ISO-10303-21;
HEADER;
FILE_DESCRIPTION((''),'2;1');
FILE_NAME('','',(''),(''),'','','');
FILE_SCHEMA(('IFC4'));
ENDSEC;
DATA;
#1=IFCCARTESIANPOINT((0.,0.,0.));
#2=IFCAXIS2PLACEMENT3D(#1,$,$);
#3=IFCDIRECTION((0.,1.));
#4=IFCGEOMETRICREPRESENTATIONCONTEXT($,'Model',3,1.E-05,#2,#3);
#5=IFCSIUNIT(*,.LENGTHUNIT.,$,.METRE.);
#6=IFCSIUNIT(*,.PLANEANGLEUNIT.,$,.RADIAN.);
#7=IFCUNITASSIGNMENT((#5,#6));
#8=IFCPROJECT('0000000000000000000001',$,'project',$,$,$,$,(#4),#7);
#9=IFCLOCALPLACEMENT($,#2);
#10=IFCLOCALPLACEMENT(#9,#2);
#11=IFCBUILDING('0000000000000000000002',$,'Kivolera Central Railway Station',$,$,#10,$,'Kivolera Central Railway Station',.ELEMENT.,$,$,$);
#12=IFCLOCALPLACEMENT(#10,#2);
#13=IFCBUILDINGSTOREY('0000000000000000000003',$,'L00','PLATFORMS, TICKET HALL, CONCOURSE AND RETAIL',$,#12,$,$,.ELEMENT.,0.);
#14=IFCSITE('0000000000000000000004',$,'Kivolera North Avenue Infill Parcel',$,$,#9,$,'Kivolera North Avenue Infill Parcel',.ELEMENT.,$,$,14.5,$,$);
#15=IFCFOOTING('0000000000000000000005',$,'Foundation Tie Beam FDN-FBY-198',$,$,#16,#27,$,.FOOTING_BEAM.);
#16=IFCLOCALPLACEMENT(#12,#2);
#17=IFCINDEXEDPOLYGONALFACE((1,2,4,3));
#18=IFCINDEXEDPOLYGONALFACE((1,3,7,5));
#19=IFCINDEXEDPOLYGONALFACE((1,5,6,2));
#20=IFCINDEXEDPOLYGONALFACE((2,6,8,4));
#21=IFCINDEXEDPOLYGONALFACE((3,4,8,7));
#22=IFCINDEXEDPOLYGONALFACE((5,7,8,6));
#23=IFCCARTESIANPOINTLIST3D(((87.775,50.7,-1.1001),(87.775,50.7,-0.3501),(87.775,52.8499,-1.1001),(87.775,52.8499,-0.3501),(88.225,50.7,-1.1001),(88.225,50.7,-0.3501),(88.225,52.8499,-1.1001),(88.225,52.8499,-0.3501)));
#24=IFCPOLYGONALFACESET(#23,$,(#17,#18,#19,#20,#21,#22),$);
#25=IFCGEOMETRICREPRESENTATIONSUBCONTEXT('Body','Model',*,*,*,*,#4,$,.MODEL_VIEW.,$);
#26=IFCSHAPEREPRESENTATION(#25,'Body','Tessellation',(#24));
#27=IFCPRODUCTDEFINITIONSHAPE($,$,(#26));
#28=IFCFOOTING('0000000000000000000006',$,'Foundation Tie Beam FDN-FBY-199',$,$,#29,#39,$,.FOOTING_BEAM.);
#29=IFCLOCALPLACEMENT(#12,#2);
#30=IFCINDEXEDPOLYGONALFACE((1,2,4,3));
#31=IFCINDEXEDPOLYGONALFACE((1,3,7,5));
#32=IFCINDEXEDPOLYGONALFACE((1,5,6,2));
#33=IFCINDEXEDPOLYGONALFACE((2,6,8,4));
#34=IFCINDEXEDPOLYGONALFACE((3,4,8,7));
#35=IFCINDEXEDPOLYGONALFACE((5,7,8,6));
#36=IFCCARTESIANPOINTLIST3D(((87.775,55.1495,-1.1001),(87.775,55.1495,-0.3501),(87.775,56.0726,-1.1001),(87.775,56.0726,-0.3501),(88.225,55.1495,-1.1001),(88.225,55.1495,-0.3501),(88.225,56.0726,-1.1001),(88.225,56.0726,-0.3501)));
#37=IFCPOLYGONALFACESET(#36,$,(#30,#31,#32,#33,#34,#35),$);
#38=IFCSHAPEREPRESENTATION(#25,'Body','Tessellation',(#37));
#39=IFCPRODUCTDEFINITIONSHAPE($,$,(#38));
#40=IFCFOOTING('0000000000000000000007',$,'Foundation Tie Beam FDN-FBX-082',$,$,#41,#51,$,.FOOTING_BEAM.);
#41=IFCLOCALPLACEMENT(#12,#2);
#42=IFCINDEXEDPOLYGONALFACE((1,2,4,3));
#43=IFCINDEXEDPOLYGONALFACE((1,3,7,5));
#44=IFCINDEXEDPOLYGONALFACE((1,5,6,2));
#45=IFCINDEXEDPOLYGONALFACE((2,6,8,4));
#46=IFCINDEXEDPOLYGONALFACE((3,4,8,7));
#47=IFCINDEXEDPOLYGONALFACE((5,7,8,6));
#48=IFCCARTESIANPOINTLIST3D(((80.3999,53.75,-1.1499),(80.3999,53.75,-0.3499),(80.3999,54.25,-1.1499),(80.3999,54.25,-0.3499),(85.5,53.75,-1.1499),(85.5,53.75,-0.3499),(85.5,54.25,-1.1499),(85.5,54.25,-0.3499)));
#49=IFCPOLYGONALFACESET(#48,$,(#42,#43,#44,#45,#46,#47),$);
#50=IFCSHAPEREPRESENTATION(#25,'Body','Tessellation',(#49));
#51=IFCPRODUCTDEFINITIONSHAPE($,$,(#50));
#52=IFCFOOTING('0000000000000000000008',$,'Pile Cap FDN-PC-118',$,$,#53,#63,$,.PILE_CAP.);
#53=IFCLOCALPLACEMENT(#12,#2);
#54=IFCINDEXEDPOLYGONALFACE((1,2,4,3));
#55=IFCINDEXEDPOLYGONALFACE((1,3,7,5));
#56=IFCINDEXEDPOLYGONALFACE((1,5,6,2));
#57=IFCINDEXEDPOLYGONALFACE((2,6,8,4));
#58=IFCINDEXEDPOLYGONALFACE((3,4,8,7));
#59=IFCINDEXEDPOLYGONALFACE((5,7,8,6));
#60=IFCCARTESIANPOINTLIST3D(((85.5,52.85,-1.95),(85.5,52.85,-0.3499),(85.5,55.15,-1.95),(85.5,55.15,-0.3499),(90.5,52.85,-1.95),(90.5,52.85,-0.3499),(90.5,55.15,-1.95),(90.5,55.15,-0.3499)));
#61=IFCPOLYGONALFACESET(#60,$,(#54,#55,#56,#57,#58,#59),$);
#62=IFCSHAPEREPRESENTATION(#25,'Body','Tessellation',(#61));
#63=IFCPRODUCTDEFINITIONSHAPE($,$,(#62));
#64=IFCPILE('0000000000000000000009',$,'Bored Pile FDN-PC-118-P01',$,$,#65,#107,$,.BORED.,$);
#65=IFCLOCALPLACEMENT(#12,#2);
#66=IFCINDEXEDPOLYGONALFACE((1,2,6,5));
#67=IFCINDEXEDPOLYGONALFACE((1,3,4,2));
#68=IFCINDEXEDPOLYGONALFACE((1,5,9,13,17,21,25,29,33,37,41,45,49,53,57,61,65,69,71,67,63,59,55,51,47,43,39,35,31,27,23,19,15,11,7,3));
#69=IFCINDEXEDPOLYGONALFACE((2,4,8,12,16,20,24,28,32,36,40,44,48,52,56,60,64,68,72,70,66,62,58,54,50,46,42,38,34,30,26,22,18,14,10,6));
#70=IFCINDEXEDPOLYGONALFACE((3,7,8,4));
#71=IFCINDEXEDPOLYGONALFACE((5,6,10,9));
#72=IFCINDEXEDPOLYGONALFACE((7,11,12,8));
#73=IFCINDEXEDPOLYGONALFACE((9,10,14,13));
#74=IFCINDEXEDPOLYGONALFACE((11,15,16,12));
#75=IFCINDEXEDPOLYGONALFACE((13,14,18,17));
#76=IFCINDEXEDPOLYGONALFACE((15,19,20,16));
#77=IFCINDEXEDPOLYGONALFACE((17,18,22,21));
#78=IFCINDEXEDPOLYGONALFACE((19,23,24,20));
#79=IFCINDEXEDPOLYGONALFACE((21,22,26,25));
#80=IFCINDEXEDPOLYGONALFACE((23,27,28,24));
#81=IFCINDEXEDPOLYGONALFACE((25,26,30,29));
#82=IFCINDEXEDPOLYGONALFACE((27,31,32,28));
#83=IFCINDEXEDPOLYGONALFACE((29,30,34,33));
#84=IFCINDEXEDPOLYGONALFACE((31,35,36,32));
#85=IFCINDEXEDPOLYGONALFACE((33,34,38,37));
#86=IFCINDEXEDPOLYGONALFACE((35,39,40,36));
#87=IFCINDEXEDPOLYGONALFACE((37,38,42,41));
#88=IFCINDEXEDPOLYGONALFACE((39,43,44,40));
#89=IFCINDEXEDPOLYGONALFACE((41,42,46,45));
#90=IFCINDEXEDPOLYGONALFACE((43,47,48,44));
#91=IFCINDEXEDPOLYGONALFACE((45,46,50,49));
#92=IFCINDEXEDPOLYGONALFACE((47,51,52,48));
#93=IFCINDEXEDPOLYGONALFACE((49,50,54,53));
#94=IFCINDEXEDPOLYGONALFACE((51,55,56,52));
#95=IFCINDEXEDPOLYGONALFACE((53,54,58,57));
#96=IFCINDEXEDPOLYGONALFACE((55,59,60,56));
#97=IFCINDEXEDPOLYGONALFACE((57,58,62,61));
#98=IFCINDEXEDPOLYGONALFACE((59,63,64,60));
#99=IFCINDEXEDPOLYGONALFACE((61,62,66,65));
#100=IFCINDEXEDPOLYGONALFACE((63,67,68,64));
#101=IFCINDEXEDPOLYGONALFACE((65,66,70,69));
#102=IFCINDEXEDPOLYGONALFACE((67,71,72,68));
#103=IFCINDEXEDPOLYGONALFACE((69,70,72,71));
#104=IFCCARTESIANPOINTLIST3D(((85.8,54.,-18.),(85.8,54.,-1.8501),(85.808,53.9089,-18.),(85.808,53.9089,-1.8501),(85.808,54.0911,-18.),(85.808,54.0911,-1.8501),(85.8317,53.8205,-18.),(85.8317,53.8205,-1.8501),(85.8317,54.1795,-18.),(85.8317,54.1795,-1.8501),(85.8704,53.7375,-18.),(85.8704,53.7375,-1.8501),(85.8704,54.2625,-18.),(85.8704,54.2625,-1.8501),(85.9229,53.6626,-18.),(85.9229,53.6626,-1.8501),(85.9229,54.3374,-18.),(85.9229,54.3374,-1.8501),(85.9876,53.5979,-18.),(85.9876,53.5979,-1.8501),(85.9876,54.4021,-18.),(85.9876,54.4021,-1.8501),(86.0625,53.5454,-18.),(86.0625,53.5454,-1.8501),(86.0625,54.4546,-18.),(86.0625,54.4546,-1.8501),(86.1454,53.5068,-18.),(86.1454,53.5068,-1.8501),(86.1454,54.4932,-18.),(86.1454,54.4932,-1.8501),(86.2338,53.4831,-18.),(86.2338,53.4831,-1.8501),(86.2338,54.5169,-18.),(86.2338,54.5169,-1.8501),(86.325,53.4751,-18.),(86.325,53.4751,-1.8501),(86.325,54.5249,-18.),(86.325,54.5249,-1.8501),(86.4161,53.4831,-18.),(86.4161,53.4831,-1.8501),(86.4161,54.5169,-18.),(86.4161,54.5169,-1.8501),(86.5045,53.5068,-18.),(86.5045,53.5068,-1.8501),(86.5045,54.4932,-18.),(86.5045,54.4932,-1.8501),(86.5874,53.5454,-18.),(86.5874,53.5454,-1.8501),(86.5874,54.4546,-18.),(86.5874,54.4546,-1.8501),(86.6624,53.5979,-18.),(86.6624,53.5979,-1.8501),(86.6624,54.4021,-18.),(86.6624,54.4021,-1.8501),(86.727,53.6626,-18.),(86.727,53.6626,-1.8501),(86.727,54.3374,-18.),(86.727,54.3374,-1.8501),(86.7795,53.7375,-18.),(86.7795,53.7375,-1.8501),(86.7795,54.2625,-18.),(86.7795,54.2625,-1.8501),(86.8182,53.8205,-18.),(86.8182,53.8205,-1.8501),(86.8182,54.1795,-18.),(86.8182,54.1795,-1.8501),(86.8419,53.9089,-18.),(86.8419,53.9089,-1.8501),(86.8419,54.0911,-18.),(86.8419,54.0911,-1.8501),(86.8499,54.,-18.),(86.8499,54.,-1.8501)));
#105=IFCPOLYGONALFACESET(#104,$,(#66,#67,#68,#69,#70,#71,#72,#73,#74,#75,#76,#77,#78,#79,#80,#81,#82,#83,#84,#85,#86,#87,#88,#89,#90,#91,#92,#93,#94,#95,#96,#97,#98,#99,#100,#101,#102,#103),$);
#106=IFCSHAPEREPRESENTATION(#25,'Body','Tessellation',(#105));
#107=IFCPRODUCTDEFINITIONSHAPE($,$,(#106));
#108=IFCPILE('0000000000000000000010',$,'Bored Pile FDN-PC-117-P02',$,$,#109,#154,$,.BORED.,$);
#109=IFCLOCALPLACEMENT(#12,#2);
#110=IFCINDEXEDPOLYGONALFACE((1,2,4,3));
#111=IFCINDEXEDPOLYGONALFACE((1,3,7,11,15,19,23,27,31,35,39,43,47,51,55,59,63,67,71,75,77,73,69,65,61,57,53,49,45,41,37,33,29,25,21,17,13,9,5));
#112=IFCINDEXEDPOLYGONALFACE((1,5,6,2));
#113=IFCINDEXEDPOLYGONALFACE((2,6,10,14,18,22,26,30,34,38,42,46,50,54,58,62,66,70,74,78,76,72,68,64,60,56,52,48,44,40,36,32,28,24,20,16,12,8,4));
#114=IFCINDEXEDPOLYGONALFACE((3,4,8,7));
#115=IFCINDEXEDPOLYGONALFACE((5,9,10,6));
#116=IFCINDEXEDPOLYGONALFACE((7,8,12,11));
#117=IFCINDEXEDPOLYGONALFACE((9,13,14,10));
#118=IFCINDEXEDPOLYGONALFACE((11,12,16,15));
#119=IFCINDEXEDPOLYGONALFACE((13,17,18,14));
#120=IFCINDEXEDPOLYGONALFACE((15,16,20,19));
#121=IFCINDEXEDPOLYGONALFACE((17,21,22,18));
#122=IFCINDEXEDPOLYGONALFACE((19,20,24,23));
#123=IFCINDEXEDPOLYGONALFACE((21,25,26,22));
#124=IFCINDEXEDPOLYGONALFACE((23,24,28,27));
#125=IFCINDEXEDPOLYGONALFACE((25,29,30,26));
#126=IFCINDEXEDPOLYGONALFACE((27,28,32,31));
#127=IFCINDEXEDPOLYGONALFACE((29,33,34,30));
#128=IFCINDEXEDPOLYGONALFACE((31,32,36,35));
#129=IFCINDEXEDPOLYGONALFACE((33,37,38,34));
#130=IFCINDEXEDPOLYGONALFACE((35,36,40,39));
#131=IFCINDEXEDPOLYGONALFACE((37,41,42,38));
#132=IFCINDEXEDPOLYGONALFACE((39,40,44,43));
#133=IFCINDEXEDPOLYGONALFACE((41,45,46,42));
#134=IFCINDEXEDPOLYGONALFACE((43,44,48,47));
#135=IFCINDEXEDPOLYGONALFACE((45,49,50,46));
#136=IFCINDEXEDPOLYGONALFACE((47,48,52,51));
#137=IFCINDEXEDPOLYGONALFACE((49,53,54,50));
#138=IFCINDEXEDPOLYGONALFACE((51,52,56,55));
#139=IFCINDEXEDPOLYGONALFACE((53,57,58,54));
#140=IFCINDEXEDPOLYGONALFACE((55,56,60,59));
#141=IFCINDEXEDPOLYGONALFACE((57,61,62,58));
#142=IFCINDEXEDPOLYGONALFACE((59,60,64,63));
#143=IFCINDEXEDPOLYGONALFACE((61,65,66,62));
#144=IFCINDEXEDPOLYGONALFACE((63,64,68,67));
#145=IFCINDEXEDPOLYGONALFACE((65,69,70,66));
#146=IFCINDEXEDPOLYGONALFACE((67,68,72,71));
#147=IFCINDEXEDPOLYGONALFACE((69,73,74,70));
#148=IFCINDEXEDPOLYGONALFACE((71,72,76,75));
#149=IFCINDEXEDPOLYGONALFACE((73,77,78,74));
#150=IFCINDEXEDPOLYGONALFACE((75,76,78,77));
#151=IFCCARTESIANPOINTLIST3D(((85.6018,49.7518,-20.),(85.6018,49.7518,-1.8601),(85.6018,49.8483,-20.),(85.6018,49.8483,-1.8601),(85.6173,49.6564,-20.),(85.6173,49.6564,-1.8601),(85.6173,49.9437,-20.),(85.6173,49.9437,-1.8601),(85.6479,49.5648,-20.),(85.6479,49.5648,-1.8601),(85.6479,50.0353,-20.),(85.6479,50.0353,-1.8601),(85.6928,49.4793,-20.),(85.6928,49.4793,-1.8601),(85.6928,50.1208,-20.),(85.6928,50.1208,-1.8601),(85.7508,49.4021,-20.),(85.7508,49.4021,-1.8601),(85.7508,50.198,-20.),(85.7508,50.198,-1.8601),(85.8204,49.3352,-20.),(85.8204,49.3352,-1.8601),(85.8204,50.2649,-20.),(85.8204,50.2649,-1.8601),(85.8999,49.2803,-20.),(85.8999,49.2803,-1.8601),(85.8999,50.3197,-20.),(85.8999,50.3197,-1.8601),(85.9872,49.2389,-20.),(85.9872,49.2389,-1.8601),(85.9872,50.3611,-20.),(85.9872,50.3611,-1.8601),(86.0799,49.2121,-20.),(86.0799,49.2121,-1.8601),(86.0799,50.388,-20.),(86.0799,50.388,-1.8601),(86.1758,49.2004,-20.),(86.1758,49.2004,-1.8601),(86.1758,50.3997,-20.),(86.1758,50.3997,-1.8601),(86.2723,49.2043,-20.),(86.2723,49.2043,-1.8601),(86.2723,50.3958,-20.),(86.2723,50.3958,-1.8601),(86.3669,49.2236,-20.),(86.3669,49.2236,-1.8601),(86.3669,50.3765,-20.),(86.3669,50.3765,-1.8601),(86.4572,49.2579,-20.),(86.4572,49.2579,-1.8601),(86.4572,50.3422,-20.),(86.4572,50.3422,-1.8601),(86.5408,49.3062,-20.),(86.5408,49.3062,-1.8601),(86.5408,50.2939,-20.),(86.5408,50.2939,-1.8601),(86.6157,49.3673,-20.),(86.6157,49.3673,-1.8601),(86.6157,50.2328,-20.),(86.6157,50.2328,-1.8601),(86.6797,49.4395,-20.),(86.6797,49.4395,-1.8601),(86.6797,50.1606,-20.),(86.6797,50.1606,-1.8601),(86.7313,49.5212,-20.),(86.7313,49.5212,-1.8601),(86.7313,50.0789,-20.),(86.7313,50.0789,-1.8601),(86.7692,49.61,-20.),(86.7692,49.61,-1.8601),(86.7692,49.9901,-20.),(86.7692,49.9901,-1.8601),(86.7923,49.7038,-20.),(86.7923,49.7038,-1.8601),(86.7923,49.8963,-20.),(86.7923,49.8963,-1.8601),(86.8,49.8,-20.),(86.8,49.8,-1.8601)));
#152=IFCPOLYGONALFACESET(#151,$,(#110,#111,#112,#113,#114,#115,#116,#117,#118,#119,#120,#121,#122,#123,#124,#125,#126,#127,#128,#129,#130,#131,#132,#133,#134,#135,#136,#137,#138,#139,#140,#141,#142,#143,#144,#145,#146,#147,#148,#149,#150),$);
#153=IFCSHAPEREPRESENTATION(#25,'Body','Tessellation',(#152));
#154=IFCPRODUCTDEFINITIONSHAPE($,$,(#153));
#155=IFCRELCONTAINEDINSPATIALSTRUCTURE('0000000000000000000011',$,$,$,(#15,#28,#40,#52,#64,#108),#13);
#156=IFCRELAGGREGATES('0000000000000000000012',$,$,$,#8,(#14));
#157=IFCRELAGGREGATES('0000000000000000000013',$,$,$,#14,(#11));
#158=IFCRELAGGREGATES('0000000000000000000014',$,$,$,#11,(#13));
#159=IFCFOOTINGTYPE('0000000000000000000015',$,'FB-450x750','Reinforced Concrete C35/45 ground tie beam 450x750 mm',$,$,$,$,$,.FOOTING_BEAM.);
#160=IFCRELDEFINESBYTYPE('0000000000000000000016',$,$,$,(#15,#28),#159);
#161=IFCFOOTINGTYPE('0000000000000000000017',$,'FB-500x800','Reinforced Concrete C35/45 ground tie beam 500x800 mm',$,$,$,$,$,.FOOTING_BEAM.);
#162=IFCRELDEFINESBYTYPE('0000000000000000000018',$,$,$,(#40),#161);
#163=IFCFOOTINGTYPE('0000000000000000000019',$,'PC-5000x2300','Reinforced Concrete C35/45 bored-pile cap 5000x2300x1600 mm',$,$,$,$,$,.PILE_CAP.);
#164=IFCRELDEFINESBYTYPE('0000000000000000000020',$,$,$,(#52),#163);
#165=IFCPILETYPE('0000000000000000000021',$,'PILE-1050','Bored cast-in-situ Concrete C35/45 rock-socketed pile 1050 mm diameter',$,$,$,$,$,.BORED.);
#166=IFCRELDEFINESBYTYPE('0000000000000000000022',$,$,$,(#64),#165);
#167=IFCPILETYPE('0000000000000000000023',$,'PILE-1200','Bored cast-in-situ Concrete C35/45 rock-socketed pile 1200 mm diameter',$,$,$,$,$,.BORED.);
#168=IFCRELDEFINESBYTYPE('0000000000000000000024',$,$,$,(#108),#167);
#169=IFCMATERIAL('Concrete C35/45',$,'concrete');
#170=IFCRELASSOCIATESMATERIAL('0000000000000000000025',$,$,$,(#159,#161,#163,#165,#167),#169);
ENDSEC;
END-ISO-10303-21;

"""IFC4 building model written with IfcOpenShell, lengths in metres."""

from ifc_helpers import new_model, si_unit, direction, frame, origin, origin_2d, place, context, subcontext, project, spatial, rectangle, circle, extrude, material, material_profile, profile_set, type_object, element, save


model = new_model("IFC4")

# Units and contexts
model_context = context("Model", 3, precision=1e-05, world=origin(), true_north=direction((0.0, 1.0)))
body_context = subcontext(model_context, "Body", "Model", "MODEL_VIEW")
ifc_project = project(units=[si_unit("LENGTHUNIT", "METRE"), si_unit("PLANEANGLEUNIT", "RADIAN")], contexts=[model_context])

# Site, building, storey
site_placement = place(None, origin())
site = spatial("IfcSite", under=ifc_project, at=site_placement, Name="Kivolera North Avenue Infill Parcel", LongName="Kivolera North Avenue Infill Parcel", CompositionType="ELEMENT", RefElevation=14.5)
building_placement = place(site_placement, origin())
building = spatial("IfcBuilding", under=site, at=building_placement, Name="Kivolera Central Railway Station", LongName="Kivolera Central Railway Station", CompositionType="ELEMENT")
storey_placement = place(building_placement, origin())
storey = spatial("IfcBuildingStorey", under=building, at=storey_placement, Name="L00", Description="PLATFORMS, TICKET HALL, CONCOURSE AND RETAIL", CompositionType="ELEMENT", Elevation=0.0)

# Footings
ifc_material_1 = material(Name="Concrete C35/45", Category="concrete")
footing_type_1 = type_object("IfcFootingType", Name="FB-450x750", Description="Reinforced Concrete C35/45 ground tie beam 450x750 mm", PredefinedType="FOOTING_BEAM", material=ifc_material_1)
footing_1_placement = place(storey_placement, frame((88.0, 51.7749, -1.1001), z_axis=(0.0, 0.0, 1.0), x_axis=(1.0, 0.0, 0.0)))
element("IfcFooting", 1, at=footing_1_placement, inside=storey, type_object=footing_type_1, Name="Foundation Tie Beam FDN-FBY-198", PredefinedType="FOOTING_BEAM", context=body_context, shape_type="SweptSolid", body=[
    extrude(rectangle(XDim=0.45, YDim=2.1499, at=origin_2d()), origin(), (0.0, 0.0, 1.0), 0.75),
])
footing_2_placement = place(storey_placement, frame((88.0, 55.6111, -1.1001), z_axis=(0.0, 0.0, 1.0), x_axis=(1.0, 0.0, 0.0)))
element("IfcFooting", 2, at=footing_2_placement, inside=storey, type_object=footing_type_1, Name="Foundation Tie Beam FDN-FBY-199", PredefinedType="FOOTING_BEAM", context=body_context, shape_type="SweptSolid", body=[
    extrude(rectangle(XDim=0.45, YDim=0.9231, at=origin_2d()), origin(), (0.0, 0.0, 1.0), 0.75),
])
footing_type_2 = type_object("IfcFootingType", Name="FB-500x800", Description="Reinforced Concrete C35/45 ground tie beam 500x800 mm", PredefinedType="FOOTING_BEAM", material=ifc_material_1)
footing_3_placement = place(storey_placement, frame((82.95, 54.0, -1.1499), z_axis=(0.0, 0.0, 1.0), x_axis=(1.0, 0.0, 0.0)))
element("IfcFooting", 3, at=footing_3_placement, inside=storey, type_object=footing_type_2, Name="Foundation Tie Beam FDN-FBX-082", PredefinedType="FOOTING_BEAM", context=body_context, shape_type="SweptSolid", body=[
    extrude(rectangle(XDim=5.1001, YDim=0.5, at=origin_2d()), origin(), (0.0, 0.0, 1.0), 0.8),
])
footing_type_3 = type_object("IfcFootingType", Name="PC-5000x2300", Description="Reinforced Concrete C35/45 bored-pile cap 5000x2300x1600 mm", PredefinedType="PILE_CAP", material=ifc_material_1)
footing_4_placement = place(storey_placement, frame((88.0, 54.0, -1.95), z_axis=(0.0, 0.0, 1.0), x_axis=(1.0, 0.0, 0.0)))
element("IfcFooting", 4, at=footing_4_placement, inside=storey, type_object=footing_type_3, Name="Pile Cap FDN-PC-118", PredefinedType="PILE_CAP", context=body_context, shape_type="SweptSolid", body=[
    extrude(rectangle(XDim=5.0, YDim=2.3, at=origin_2d()), origin(), (0.0, 0.0, 1.0), 1.6001),
])

# Piles
ifc_material_profile_1 = material_profile(ifc_material_1, circle(Radius=0.5249, at=origin_2d()), Name="PILE D1050")
ifc_profile_set_1 = profile_set([ifc_material_profile_1], Name="Concrete C35/45")
pile_type_1 = type_object("IfcPileType", Name="PILE-1050", Description="Bored cast-in-situ Concrete C35/45 rock-socketed pile 1050 mm diameter", PredefinedType="BORED", material=ifc_profile_set_1)
pile_1_placement = place(storey_placement, frame((86.325, 54.0, -1.8501), z_axis=(0.0, 0.0, -1.0), x_axis=(1.0, 0.0, 0.0)))
element("IfcPile", 5, at=pile_1_placement, inside=storey, type_object=pile_type_1, Name="Bored Pile FDN-PC-118-P01", PredefinedType="BORED", context=body_context, shape_type="SweptSolid", body=[
    extrude(circle(Radius=0.5249, at=origin_2d()), origin(), (0.0, 0.0, 1.0), 16.1499),
])
ifc_material_profile_2 = material_profile(ifc_material_1, circle(Radius=0.6001, at=origin_2d()), Name="PILE D1200")
ifc_profile_set_2 = profile_set([ifc_material_profile_2], Name="Concrete C35/45")
pile_type_2 = type_object("IfcPileType", Name="PILE-1200", Description="Bored cast-in-situ Concrete C35/45 rock-socketed pile 1200 mm diameter", PredefinedType="BORED", material=ifc_profile_set_2)
pile_2_placement = place(storey_placement, frame((86.2, 49.8, -1.8601), z_axis=(0.0, 0.0, -1.0), x_axis=(1.0, 0.0, 0.0)))
element("IfcPile", 6, at=pile_2_placement, inside=storey, type_object=pile_type_2, Name="Bored Pile FDN-PC-117-P02", PredefinedType="BORED", context=body_context, shape_type="SweptSolid", body=[
    extrude(circle(Radius=0.6001, at=origin_2d()), origin(), (0.0, 0.0, 1.0), 18.1399),
])

save(model, "model.ifc")
